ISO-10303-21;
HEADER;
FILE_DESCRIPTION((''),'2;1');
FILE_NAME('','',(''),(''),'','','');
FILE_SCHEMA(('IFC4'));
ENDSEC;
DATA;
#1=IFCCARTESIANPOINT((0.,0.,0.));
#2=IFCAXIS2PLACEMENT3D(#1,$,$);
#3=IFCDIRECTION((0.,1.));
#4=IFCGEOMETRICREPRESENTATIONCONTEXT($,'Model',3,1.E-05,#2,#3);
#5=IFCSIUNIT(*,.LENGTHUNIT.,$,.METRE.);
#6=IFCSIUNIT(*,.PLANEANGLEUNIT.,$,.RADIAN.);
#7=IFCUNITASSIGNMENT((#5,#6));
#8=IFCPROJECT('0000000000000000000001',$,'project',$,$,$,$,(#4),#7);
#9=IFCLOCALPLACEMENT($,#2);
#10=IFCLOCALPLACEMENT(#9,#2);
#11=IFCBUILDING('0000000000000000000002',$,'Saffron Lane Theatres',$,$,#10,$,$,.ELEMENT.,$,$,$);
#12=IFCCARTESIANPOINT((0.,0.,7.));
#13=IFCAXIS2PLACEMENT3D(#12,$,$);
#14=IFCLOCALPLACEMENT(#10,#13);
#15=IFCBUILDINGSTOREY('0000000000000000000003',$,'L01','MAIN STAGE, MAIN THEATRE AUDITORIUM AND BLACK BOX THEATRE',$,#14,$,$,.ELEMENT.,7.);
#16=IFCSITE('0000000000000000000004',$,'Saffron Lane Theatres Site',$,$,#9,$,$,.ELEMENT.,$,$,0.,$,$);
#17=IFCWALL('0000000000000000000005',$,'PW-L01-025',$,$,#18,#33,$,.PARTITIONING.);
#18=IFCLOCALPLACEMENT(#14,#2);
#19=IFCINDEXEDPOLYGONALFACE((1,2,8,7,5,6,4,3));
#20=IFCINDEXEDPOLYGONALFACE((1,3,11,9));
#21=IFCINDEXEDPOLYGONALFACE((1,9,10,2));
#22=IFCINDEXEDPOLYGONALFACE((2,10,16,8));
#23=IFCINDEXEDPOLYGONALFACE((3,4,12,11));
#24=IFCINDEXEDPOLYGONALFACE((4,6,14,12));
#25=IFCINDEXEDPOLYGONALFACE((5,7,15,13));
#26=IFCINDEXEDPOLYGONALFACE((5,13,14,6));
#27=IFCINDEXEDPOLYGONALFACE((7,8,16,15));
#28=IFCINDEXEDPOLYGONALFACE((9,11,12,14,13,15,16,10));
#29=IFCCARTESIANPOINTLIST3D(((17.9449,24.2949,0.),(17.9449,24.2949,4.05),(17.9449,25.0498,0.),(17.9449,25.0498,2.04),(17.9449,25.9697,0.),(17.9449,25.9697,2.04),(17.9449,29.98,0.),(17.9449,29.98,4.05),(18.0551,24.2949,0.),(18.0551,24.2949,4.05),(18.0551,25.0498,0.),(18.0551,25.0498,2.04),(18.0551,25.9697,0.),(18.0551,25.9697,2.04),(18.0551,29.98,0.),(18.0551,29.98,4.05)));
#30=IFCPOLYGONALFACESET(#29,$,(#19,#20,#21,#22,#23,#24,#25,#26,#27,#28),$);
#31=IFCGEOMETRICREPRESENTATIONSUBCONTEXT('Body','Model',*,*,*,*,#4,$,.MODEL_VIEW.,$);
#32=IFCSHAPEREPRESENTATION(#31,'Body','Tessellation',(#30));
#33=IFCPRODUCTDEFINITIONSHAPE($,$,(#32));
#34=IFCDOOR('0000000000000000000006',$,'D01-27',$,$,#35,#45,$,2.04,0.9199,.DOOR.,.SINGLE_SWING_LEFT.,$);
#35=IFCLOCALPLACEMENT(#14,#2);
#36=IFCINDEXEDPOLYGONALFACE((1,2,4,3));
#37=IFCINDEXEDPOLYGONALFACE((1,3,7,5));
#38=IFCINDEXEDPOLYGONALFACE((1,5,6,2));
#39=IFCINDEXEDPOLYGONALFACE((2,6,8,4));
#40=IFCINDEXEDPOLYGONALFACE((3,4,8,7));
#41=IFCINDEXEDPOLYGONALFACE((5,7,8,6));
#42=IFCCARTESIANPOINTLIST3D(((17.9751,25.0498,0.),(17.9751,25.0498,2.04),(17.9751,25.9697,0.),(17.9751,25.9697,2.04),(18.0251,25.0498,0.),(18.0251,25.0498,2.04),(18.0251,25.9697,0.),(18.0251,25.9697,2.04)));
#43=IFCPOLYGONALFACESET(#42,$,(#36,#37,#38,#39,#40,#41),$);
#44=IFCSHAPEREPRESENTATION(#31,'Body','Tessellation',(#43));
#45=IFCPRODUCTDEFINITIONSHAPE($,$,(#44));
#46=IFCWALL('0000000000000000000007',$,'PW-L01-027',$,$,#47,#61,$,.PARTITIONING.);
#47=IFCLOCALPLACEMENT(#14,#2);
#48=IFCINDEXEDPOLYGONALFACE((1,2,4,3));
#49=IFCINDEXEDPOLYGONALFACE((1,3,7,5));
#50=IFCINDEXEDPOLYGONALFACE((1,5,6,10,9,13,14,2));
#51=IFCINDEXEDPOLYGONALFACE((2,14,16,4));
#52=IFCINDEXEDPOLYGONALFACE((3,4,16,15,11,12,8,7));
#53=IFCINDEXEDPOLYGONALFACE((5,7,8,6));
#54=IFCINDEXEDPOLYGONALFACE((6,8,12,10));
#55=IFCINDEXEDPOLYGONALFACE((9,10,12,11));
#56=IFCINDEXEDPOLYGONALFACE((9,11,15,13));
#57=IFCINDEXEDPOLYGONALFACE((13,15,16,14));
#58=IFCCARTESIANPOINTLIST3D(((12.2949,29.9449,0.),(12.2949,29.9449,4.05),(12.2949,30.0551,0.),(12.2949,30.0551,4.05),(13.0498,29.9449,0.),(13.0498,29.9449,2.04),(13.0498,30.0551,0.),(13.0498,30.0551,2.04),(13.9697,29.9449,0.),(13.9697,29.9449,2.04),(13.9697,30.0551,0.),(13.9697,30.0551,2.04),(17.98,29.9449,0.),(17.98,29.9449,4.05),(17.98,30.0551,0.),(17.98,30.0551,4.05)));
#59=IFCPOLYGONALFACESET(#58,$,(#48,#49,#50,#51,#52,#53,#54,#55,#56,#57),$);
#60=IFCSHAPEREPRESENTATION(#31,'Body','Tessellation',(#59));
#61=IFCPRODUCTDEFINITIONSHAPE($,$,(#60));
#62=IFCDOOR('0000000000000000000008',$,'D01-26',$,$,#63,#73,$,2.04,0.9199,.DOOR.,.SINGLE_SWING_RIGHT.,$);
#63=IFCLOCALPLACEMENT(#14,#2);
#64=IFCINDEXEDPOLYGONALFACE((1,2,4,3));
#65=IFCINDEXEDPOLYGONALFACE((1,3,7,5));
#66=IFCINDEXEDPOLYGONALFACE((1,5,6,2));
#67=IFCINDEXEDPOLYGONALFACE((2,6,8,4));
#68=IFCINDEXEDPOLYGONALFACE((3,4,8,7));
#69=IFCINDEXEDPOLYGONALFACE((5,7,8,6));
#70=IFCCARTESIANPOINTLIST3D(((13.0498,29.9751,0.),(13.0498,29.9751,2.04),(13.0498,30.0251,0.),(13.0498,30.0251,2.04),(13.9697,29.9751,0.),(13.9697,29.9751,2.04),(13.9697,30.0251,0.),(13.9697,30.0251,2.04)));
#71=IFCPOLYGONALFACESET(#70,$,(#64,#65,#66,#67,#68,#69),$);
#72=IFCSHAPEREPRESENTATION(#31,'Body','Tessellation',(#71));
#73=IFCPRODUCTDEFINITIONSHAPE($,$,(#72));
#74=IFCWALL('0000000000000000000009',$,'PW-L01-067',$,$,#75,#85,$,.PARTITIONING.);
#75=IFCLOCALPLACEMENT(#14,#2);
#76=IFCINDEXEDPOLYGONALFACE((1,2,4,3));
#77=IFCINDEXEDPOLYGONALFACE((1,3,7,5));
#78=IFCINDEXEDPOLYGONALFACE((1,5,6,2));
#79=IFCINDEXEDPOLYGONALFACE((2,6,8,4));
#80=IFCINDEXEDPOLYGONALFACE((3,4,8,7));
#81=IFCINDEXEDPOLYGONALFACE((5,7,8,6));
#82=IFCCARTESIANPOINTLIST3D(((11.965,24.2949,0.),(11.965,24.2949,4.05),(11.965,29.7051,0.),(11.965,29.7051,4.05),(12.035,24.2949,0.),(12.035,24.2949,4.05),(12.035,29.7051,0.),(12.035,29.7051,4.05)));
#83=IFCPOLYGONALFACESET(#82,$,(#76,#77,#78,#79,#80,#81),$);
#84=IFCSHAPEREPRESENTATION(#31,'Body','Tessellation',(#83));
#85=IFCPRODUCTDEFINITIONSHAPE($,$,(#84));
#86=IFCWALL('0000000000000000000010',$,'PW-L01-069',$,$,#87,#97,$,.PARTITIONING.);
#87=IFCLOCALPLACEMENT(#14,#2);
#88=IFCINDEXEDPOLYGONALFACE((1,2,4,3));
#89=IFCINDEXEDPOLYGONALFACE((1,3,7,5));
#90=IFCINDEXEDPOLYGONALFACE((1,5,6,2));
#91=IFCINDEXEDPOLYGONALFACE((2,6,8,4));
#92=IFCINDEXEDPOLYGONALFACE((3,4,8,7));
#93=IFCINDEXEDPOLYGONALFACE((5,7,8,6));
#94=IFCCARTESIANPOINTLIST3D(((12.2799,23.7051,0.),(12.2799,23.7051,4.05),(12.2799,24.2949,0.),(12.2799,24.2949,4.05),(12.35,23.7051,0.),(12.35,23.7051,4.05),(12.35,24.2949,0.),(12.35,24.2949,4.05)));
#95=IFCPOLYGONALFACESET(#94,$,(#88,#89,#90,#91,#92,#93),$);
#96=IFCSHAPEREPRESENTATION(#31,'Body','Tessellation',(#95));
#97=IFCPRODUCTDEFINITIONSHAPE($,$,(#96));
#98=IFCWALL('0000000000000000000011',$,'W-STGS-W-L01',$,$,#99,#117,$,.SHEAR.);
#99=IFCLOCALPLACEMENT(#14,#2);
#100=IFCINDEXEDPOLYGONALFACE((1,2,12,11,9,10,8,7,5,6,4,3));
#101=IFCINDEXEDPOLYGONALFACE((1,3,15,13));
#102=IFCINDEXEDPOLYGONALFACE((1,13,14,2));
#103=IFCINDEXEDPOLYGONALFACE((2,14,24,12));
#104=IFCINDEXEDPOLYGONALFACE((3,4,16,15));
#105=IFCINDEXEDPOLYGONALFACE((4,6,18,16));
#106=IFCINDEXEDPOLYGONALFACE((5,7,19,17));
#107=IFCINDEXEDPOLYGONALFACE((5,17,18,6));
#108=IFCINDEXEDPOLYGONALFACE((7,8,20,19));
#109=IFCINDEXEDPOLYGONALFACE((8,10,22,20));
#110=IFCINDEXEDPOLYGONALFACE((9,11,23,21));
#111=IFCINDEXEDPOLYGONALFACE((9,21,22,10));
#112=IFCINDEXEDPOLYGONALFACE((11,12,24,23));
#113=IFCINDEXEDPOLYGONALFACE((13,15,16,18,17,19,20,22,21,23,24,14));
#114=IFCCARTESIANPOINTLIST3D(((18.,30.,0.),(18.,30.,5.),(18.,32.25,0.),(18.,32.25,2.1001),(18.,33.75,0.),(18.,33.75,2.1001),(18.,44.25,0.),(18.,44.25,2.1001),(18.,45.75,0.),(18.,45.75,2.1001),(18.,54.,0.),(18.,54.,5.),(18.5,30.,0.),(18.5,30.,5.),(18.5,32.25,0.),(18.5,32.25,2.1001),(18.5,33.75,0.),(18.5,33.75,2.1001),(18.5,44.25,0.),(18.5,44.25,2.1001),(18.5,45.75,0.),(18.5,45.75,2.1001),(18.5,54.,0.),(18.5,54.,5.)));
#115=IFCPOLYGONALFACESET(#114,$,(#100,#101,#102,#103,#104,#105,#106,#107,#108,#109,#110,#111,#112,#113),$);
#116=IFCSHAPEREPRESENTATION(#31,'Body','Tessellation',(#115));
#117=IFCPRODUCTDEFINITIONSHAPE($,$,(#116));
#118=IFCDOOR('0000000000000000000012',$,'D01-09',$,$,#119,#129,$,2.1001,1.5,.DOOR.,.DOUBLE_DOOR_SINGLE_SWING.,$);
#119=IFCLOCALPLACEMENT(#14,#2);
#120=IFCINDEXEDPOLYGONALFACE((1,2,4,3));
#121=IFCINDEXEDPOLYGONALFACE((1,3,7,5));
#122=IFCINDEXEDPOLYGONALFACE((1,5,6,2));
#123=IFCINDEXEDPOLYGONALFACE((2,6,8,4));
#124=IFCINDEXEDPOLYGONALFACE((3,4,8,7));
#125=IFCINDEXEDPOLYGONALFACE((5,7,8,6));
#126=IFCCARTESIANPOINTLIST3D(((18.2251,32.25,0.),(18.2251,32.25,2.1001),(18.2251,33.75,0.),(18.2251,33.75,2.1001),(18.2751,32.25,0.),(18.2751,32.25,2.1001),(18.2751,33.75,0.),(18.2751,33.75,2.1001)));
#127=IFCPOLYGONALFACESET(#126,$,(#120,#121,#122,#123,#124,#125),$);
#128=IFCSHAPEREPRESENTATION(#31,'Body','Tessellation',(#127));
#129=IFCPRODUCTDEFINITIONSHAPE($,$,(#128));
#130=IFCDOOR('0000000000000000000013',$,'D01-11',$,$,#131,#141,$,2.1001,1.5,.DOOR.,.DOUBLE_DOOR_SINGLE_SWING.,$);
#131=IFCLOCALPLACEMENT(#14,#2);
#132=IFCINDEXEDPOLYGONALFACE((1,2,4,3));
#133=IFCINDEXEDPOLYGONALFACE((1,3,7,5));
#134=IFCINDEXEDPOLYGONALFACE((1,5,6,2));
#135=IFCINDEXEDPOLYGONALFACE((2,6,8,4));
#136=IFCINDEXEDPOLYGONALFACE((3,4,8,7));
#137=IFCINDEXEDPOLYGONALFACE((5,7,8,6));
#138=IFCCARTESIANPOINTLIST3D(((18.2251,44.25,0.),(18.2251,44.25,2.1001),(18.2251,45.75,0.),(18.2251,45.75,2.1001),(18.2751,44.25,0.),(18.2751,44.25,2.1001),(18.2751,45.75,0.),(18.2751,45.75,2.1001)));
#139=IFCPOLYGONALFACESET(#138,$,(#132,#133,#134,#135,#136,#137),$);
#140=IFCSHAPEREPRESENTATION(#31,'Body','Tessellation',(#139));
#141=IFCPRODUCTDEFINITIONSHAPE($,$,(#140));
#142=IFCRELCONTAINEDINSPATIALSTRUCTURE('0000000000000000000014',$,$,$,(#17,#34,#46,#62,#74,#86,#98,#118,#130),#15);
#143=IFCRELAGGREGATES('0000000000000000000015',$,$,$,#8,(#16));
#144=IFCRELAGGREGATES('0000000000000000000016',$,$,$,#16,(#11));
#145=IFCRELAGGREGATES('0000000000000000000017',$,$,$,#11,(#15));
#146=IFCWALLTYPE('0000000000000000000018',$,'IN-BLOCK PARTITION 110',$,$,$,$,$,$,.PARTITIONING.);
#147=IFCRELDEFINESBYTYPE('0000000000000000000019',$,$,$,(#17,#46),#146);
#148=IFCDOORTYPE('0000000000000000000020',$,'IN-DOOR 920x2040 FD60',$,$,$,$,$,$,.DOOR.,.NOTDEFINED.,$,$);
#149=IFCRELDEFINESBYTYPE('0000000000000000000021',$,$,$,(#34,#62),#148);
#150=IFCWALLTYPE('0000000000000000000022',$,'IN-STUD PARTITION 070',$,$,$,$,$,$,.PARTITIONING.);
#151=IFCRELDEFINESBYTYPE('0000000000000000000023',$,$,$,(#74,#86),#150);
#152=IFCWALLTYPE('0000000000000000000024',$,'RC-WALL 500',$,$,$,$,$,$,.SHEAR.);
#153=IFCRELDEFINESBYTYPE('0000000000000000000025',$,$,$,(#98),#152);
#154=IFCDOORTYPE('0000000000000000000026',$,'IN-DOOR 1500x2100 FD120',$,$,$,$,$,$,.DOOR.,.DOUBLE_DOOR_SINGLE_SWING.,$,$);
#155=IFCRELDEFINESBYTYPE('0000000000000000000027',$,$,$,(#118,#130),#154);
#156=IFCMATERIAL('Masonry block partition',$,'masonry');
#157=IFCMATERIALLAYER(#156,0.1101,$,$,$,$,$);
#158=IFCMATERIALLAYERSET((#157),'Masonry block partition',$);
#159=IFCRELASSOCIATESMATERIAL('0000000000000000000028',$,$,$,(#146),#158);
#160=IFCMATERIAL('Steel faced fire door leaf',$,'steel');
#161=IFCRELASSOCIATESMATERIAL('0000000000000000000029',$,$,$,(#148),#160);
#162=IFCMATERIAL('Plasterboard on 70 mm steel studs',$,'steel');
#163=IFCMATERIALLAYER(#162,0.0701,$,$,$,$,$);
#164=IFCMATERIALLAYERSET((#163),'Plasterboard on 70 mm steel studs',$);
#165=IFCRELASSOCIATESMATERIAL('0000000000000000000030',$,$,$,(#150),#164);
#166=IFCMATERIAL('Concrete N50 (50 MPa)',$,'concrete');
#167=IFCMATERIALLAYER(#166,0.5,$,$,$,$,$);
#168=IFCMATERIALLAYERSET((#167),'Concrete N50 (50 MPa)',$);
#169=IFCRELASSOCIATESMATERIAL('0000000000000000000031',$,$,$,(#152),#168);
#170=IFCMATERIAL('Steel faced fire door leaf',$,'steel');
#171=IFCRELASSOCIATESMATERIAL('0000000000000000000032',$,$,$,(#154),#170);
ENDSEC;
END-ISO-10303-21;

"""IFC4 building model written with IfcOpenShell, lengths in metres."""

from ifc_helpers import new_model, si_unit, direction, frame, frame_2d, origin, place, context, subcontext, project, spatial, rectangle, extrude, material, layer, layer_set, type_object, element, fill, save


model = new_model("IFC4")

# Units and contexts
model_context = context("Model", 3, precision=1e-05, world=origin(), true_north=direction((0.0, 1.0)))
body_context = subcontext(model_context, "Body", "Model", "MODEL_VIEW")
ifc_project = project(units=[si_unit("LENGTHUNIT", "METRE"), si_unit("PLANEANGLEUNIT", "RADIAN")], contexts=[model_context])

# Site, building, storey
site_placement = place(None, origin())
site = spatial("IfcSite", under=ifc_project, at=site_placement, Name="Saffron Lane Theatres Site", CompositionType="ELEMENT", RefElevation=0.0)
building_placement = place(site_placement, origin())
building = spatial("IfcBuilding", under=site, at=building_placement, Name="Saffron Lane Theatres", CompositionType="ELEMENT")
storey_placement = place(building_placement, frame((0.0, 0.0, 7.0)))
storey = spatial("IfcBuildingStorey", under=building, at=storey_placement, Name="L01", Description="MAIN STAGE, MAIN THEATRE AUDITORIUM AND BLACK BOX THEATRE", CompositionType="ELEMENT", Elevation=7.0)

# Shared definitions
ifc_material_1 = material(Name="Masonry block partition", Category="masonry")
ifc_layer_1 = layer(ifc_material_1, 0.1101)
ifc_layer_set_1 = layer_set([ifc_layer_1], Name="Masonry block partition")
wall_type_1 = type_object("IfcWallType", Name="IN-BLOCK PARTITION 110", PredefinedType="PARTITIONING", material=ifc_layer_set_1)

# Walls, openings, doors
wall_1_placement = place(storey_placement, frame((18.0, 24.2949, 0.0), z_axis=(0.0, 0.0, 1.0), x_axis=(0.0, 1.0, 0.0)))
wall_1 = element("IfcWall", 1, at=wall_1_placement, inside=storey, type_object=wall_type_1, Name="PW-L01-025", PredefinedType="PARTITIONING", context=body_context, shape_type="SweptSolid", body=[
    extrude(rectangle(XDim=5.6851, YDim=0.1101, at=frame_2d((2.8425, 0.0))), origin(), (0.0, 0.0, 1.0), 4.05),
])
opening_1_placement = place(wall_1_placement, frame((0.7549, 0.0, 0.0)))
opening_1 = element("IfcOpeningElement", 2, at=opening_1_placement, cuts=wall_1, PredefinedType="OPENING", context=body_context, shape_type="SweptSolid", body=[
    extrude(rectangle(XDim=0.9199, YDim=2.04, at=frame_2d((0.46, 1.02))), frame((0.0, 0.0649, 0.0), z_axis=(0.0, -1.0, 0.0), x_axis=(1.0, 0.0, 0.0)), (0.0, 0.0, 1.0), 0.1301),
])
ifc_material_2 = material(Name="Steel faced fire door leaf", Category="steel")
door_type_1 = type_object("IfcDoorType", Name="IN-DOOR 920x2040 FD60", OperationType="NOTDEFINED", PredefinedType="DOOR", material=ifc_material_2)
door_1_placement = place(opening_1_placement, origin())
door_1 = element("IfcDoor", 3, at=door_1_placement, inside=storey, type_object=door_type_1, Name="D01-27", OperationType="SINGLE_SWING_LEFT", OverallHeight=2.04, OverallWidth=0.9199, PredefinedType="DOOR", context=body_context, shape_type="SweptSolid", body=[
    extrude(rectangle(XDim=0.9199, YDim=2.04, at=frame_2d((0.46, 1.02))), frame((0.0, 0.0249, 0.0), z_axis=(0.0, -1.0, 0.0), x_axis=(1.0, 0.0, 0.0)), (0.0, 0.0, 1.0), 0.05),
])
fill(opening_1, door_1)
wall_2_placement = place(storey_placement, frame((12.2949, 30.0, 0.0), z_axis=(0.0, 0.0, 1.0), x_axis=(1.0, 0.0, 0.0)))
wall_2 = element("IfcWall", 4, at=wall_2_placement, inside=storey, type_object=wall_type_1, Name="PW-L01-027", PredefinedType="PARTITIONING", context=body_context, shape_type="SweptSolid", body=[
    extrude(rectangle(XDim=5.6851, YDim=0.1101, at=frame_2d((2.8425, 0.0))), origin(), (0.0, 0.0, 1.0), 4.05),
])
opening_2_placement = place(wall_2_placement, frame((0.7549, 0.0, 0.0)))
opening_2 = element("IfcOpeningElement", 5, at=opening_2_placement, cuts=wall_2, PredefinedType="OPENING", context=body_context, shape_type="SweptSolid", body=[
    extrude(rectangle(XDim=0.9199, YDim=2.04, at=frame_2d((0.46, 1.02))), frame((0.0, 0.0649, 0.0), z_axis=(0.0, -1.0, 0.0), x_axis=(1.0, 0.0, 0.0)), (0.0, 0.0, 1.0), 0.1301),
])
door_2_placement = place(opening_2_placement, frame((0.9199, 0.0, 0.0), z_axis=(0.0, 0.0, 1.0), x_axis=(-1.0, 0.0, 0.0)))
door_2 = element("IfcDoor", 6, at=door_2_placement, inside=storey, type_object=door_type_1, Name="D01-26", OperationType="SINGLE_SWING_RIGHT", OverallHeight=2.04, OverallWidth=0.9199, PredefinedType="DOOR", context=body_context, shape_type="SweptSolid", body=[
    extrude(rectangle(XDim=0.9199, YDim=2.04, at=frame_2d((0.46, 1.02))), frame((0.0, 0.0249, 0.0), z_axis=(0.0, -1.0, 0.0), x_axis=(1.0, 0.0, 0.0)), (0.0, 0.0, 1.0), 0.05),
])
fill(opening_2, door_2)

# Walls
ifc_material_3 = material(Name="Plasterboard on 70 mm steel studs", Category="steel")
ifc_layer_2 = layer(ifc_material_3, 0.0701)
ifc_layer_set_2 = layer_set([ifc_layer_2], Name="Plasterboard on 70 mm steel studs")
wall_type_2 = type_object("IfcWallType", Name="IN-STUD PARTITION 070", PredefinedType="PARTITIONING", material=ifc_layer_set_2)
wall_3_placement = place(storey_placement, frame((12.0, 24.2949, 0.0), z_axis=(0.0, 0.0, 1.0), x_axis=(0.0, 1.0, 0.0)))
element("IfcWall", 7, at=wall_3_placement, inside=storey, type_object=wall_type_2, Name="PW-L01-067", PredefinedType="PARTITIONING", context=body_context, shape_type="SweptSolid", body=[
    extrude(rectangle(XDim=5.4102, YDim=0.0701, at=frame_2d((2.7051, 0.0))), origin(), (0.0, 0.0, 1.0), 4.05),
])
wall_4_placement = place(storey_placement, frame((12.3149, 23.7051, 0.0), z_axis=(0.0, 0.0, 1.0), x_axis=(0.0, 1.0, 0.0)))
element("IfcWall", 8, at=wall_4_placement, inside=storey, type_object=wall_type_2, Name="PW-L01-069", PredefinedType="PARTITIONING", context=body_context, shape_type="SweptSolid", body=[
    extrude(rectangle(XDim=0.5898, YDim=0.0701, at=frame_2d((0.2949, 0.0))), origin(), (0.0, 0.0, 1.0), 4.05),
])

# Wall, openings, doors
ifc_material_4 = material(Name="Concrete N50 (50 MPa)", Category="concrete")
ifc_layer_3 = layer(ifc_material_4, 0.5)
ifc_layer_set_3 = layer_set([ifc_layer_3], Name="Concrete N50 (50 MPa)")
wall_type_3 = type_object("IfcWallType", Name="RC-WALL 500", PredefinedType="SHEAR", material=ifc_layer_set_3)
wall_5_placement = place(storey_placement, frame((18.25, 30.0, 0.0), z_axis=(0.0, 0.0, 1.0), x_axis=(0.0, 1.0, 0.0)))
wall_5 = element("IfcWall", 9, at=wall_5_placement, inside=storey, type_object=wall_type_3, Name="W-STGS-W-L01", PredefinedType="SHEAR", context=body_context, shape_type="SweptSolid", body=[
    extrude(rectangle(XDim=24.0, YDim=0.5, at=frame_2d((12.0, 0.0))), origin(), (0.0, 0.0, 1.0), 5.0),
])
opening_3_placement = place(wall_5_placement, frame((2.25, 0.0, 0.0)))
opening_3 = element("IfcOpeningElement", 10, at=opening_3_placement, cuts=wall_5, PredefinedType="OPENING", context=body_context, shape_type="SweptSolid", body=[
    extrude(rectangle(XDim=1.5, YDim=2.1001, at=frame_2d((0.75, 1.05))), frame((0.0, 0.26, 0.0), z_axis=(0.0, -1.0, 0.0), x_axis=(1.0, 0.0, 0.0)), (0.0, 0.0, 1.0), 0.52),
])
opening_4_placement = place(wall_5_placement, frame((14.25, 0.0, 0.0)))
opening_4 = element("IfcOpeningElement", 11, at=opening_4_placement, cuts=wall_5, PredefinedType="OPENING", context=body_context, shape_type="SweptSolid", body=[
    extrude(rectangle(XDim=1.5, YDim=2.1001, at=frame_2d((0.75, 1.05))), frame((0.0, 0.26, 0.0), z_axis=(0.0, -1.0, 0.0), x_axis=(1.0, 0.0, 0.0)), (0.0, 0.0, 1.0), 0.52),
])
ifc_material_5 = material(Name="Steel faced fire door leaf", Category="steel")
door_type_2 = type_object("IfcDoorType", Name="IN-DOOR 1500x2100 FD120", OperationType="DOUBLE_DOOR_SINGLE_SWING", PredefinedType="DOOR", material=ifc_material_5)
door_3_placement = place(opening_3_placement, origin())
door_3 = element("IfcDoor", 12, at=door_3_placement, inside=storey, type_object=door_type_2, Name="D01-09", OperationType="DOUBLE_DOOR_SINGLE_SWING", OverallHeight=2.1001, OverallWidth=1.5, PredefinedType="DOOR", context=body_context, shape_type="SweptSolid", body=[
    extrude(rectangle(XDim=1.5, YDim=2.1001, at=frame_2d((0.75, 1.05))), frame((0.0, 0.0249, 0.0), z_axis=(0.0, -1.0, 0.0), x_axis=(1.0, 0.0, 0.0)), (0.0, 0.0, 1.0), 0.05),
])
fill(opening_3, door_3)
door_4_placement = place(opening_4_placement, origin())
door_4 = element("IfcDoor", 13, at=door_4_placement, inside=storey, type_object=door_type_2, Name="D01-11", OperationType="DOUBLE_DOOR_SINGLE_SWING", OverallHeight=2.1001, OverallWidth=1.5, PredefinedType="DOOR", context=body_context, shape_type="SweptSolid", body=[
    extrude(rectangle(XDim=1.5, YDim=2.1001, at=frame_2d((0.75, 1.05))), frame((0.0, 0.0249, 0.0), z_axis=(0.0, -1.0, 0.0), x_axis=(1.0, 0.0, 0.0)), (0.0, 0.0, 1.0), 0.05),
])
fill(opening_4, door_4)

save(model, "model.ifc")
